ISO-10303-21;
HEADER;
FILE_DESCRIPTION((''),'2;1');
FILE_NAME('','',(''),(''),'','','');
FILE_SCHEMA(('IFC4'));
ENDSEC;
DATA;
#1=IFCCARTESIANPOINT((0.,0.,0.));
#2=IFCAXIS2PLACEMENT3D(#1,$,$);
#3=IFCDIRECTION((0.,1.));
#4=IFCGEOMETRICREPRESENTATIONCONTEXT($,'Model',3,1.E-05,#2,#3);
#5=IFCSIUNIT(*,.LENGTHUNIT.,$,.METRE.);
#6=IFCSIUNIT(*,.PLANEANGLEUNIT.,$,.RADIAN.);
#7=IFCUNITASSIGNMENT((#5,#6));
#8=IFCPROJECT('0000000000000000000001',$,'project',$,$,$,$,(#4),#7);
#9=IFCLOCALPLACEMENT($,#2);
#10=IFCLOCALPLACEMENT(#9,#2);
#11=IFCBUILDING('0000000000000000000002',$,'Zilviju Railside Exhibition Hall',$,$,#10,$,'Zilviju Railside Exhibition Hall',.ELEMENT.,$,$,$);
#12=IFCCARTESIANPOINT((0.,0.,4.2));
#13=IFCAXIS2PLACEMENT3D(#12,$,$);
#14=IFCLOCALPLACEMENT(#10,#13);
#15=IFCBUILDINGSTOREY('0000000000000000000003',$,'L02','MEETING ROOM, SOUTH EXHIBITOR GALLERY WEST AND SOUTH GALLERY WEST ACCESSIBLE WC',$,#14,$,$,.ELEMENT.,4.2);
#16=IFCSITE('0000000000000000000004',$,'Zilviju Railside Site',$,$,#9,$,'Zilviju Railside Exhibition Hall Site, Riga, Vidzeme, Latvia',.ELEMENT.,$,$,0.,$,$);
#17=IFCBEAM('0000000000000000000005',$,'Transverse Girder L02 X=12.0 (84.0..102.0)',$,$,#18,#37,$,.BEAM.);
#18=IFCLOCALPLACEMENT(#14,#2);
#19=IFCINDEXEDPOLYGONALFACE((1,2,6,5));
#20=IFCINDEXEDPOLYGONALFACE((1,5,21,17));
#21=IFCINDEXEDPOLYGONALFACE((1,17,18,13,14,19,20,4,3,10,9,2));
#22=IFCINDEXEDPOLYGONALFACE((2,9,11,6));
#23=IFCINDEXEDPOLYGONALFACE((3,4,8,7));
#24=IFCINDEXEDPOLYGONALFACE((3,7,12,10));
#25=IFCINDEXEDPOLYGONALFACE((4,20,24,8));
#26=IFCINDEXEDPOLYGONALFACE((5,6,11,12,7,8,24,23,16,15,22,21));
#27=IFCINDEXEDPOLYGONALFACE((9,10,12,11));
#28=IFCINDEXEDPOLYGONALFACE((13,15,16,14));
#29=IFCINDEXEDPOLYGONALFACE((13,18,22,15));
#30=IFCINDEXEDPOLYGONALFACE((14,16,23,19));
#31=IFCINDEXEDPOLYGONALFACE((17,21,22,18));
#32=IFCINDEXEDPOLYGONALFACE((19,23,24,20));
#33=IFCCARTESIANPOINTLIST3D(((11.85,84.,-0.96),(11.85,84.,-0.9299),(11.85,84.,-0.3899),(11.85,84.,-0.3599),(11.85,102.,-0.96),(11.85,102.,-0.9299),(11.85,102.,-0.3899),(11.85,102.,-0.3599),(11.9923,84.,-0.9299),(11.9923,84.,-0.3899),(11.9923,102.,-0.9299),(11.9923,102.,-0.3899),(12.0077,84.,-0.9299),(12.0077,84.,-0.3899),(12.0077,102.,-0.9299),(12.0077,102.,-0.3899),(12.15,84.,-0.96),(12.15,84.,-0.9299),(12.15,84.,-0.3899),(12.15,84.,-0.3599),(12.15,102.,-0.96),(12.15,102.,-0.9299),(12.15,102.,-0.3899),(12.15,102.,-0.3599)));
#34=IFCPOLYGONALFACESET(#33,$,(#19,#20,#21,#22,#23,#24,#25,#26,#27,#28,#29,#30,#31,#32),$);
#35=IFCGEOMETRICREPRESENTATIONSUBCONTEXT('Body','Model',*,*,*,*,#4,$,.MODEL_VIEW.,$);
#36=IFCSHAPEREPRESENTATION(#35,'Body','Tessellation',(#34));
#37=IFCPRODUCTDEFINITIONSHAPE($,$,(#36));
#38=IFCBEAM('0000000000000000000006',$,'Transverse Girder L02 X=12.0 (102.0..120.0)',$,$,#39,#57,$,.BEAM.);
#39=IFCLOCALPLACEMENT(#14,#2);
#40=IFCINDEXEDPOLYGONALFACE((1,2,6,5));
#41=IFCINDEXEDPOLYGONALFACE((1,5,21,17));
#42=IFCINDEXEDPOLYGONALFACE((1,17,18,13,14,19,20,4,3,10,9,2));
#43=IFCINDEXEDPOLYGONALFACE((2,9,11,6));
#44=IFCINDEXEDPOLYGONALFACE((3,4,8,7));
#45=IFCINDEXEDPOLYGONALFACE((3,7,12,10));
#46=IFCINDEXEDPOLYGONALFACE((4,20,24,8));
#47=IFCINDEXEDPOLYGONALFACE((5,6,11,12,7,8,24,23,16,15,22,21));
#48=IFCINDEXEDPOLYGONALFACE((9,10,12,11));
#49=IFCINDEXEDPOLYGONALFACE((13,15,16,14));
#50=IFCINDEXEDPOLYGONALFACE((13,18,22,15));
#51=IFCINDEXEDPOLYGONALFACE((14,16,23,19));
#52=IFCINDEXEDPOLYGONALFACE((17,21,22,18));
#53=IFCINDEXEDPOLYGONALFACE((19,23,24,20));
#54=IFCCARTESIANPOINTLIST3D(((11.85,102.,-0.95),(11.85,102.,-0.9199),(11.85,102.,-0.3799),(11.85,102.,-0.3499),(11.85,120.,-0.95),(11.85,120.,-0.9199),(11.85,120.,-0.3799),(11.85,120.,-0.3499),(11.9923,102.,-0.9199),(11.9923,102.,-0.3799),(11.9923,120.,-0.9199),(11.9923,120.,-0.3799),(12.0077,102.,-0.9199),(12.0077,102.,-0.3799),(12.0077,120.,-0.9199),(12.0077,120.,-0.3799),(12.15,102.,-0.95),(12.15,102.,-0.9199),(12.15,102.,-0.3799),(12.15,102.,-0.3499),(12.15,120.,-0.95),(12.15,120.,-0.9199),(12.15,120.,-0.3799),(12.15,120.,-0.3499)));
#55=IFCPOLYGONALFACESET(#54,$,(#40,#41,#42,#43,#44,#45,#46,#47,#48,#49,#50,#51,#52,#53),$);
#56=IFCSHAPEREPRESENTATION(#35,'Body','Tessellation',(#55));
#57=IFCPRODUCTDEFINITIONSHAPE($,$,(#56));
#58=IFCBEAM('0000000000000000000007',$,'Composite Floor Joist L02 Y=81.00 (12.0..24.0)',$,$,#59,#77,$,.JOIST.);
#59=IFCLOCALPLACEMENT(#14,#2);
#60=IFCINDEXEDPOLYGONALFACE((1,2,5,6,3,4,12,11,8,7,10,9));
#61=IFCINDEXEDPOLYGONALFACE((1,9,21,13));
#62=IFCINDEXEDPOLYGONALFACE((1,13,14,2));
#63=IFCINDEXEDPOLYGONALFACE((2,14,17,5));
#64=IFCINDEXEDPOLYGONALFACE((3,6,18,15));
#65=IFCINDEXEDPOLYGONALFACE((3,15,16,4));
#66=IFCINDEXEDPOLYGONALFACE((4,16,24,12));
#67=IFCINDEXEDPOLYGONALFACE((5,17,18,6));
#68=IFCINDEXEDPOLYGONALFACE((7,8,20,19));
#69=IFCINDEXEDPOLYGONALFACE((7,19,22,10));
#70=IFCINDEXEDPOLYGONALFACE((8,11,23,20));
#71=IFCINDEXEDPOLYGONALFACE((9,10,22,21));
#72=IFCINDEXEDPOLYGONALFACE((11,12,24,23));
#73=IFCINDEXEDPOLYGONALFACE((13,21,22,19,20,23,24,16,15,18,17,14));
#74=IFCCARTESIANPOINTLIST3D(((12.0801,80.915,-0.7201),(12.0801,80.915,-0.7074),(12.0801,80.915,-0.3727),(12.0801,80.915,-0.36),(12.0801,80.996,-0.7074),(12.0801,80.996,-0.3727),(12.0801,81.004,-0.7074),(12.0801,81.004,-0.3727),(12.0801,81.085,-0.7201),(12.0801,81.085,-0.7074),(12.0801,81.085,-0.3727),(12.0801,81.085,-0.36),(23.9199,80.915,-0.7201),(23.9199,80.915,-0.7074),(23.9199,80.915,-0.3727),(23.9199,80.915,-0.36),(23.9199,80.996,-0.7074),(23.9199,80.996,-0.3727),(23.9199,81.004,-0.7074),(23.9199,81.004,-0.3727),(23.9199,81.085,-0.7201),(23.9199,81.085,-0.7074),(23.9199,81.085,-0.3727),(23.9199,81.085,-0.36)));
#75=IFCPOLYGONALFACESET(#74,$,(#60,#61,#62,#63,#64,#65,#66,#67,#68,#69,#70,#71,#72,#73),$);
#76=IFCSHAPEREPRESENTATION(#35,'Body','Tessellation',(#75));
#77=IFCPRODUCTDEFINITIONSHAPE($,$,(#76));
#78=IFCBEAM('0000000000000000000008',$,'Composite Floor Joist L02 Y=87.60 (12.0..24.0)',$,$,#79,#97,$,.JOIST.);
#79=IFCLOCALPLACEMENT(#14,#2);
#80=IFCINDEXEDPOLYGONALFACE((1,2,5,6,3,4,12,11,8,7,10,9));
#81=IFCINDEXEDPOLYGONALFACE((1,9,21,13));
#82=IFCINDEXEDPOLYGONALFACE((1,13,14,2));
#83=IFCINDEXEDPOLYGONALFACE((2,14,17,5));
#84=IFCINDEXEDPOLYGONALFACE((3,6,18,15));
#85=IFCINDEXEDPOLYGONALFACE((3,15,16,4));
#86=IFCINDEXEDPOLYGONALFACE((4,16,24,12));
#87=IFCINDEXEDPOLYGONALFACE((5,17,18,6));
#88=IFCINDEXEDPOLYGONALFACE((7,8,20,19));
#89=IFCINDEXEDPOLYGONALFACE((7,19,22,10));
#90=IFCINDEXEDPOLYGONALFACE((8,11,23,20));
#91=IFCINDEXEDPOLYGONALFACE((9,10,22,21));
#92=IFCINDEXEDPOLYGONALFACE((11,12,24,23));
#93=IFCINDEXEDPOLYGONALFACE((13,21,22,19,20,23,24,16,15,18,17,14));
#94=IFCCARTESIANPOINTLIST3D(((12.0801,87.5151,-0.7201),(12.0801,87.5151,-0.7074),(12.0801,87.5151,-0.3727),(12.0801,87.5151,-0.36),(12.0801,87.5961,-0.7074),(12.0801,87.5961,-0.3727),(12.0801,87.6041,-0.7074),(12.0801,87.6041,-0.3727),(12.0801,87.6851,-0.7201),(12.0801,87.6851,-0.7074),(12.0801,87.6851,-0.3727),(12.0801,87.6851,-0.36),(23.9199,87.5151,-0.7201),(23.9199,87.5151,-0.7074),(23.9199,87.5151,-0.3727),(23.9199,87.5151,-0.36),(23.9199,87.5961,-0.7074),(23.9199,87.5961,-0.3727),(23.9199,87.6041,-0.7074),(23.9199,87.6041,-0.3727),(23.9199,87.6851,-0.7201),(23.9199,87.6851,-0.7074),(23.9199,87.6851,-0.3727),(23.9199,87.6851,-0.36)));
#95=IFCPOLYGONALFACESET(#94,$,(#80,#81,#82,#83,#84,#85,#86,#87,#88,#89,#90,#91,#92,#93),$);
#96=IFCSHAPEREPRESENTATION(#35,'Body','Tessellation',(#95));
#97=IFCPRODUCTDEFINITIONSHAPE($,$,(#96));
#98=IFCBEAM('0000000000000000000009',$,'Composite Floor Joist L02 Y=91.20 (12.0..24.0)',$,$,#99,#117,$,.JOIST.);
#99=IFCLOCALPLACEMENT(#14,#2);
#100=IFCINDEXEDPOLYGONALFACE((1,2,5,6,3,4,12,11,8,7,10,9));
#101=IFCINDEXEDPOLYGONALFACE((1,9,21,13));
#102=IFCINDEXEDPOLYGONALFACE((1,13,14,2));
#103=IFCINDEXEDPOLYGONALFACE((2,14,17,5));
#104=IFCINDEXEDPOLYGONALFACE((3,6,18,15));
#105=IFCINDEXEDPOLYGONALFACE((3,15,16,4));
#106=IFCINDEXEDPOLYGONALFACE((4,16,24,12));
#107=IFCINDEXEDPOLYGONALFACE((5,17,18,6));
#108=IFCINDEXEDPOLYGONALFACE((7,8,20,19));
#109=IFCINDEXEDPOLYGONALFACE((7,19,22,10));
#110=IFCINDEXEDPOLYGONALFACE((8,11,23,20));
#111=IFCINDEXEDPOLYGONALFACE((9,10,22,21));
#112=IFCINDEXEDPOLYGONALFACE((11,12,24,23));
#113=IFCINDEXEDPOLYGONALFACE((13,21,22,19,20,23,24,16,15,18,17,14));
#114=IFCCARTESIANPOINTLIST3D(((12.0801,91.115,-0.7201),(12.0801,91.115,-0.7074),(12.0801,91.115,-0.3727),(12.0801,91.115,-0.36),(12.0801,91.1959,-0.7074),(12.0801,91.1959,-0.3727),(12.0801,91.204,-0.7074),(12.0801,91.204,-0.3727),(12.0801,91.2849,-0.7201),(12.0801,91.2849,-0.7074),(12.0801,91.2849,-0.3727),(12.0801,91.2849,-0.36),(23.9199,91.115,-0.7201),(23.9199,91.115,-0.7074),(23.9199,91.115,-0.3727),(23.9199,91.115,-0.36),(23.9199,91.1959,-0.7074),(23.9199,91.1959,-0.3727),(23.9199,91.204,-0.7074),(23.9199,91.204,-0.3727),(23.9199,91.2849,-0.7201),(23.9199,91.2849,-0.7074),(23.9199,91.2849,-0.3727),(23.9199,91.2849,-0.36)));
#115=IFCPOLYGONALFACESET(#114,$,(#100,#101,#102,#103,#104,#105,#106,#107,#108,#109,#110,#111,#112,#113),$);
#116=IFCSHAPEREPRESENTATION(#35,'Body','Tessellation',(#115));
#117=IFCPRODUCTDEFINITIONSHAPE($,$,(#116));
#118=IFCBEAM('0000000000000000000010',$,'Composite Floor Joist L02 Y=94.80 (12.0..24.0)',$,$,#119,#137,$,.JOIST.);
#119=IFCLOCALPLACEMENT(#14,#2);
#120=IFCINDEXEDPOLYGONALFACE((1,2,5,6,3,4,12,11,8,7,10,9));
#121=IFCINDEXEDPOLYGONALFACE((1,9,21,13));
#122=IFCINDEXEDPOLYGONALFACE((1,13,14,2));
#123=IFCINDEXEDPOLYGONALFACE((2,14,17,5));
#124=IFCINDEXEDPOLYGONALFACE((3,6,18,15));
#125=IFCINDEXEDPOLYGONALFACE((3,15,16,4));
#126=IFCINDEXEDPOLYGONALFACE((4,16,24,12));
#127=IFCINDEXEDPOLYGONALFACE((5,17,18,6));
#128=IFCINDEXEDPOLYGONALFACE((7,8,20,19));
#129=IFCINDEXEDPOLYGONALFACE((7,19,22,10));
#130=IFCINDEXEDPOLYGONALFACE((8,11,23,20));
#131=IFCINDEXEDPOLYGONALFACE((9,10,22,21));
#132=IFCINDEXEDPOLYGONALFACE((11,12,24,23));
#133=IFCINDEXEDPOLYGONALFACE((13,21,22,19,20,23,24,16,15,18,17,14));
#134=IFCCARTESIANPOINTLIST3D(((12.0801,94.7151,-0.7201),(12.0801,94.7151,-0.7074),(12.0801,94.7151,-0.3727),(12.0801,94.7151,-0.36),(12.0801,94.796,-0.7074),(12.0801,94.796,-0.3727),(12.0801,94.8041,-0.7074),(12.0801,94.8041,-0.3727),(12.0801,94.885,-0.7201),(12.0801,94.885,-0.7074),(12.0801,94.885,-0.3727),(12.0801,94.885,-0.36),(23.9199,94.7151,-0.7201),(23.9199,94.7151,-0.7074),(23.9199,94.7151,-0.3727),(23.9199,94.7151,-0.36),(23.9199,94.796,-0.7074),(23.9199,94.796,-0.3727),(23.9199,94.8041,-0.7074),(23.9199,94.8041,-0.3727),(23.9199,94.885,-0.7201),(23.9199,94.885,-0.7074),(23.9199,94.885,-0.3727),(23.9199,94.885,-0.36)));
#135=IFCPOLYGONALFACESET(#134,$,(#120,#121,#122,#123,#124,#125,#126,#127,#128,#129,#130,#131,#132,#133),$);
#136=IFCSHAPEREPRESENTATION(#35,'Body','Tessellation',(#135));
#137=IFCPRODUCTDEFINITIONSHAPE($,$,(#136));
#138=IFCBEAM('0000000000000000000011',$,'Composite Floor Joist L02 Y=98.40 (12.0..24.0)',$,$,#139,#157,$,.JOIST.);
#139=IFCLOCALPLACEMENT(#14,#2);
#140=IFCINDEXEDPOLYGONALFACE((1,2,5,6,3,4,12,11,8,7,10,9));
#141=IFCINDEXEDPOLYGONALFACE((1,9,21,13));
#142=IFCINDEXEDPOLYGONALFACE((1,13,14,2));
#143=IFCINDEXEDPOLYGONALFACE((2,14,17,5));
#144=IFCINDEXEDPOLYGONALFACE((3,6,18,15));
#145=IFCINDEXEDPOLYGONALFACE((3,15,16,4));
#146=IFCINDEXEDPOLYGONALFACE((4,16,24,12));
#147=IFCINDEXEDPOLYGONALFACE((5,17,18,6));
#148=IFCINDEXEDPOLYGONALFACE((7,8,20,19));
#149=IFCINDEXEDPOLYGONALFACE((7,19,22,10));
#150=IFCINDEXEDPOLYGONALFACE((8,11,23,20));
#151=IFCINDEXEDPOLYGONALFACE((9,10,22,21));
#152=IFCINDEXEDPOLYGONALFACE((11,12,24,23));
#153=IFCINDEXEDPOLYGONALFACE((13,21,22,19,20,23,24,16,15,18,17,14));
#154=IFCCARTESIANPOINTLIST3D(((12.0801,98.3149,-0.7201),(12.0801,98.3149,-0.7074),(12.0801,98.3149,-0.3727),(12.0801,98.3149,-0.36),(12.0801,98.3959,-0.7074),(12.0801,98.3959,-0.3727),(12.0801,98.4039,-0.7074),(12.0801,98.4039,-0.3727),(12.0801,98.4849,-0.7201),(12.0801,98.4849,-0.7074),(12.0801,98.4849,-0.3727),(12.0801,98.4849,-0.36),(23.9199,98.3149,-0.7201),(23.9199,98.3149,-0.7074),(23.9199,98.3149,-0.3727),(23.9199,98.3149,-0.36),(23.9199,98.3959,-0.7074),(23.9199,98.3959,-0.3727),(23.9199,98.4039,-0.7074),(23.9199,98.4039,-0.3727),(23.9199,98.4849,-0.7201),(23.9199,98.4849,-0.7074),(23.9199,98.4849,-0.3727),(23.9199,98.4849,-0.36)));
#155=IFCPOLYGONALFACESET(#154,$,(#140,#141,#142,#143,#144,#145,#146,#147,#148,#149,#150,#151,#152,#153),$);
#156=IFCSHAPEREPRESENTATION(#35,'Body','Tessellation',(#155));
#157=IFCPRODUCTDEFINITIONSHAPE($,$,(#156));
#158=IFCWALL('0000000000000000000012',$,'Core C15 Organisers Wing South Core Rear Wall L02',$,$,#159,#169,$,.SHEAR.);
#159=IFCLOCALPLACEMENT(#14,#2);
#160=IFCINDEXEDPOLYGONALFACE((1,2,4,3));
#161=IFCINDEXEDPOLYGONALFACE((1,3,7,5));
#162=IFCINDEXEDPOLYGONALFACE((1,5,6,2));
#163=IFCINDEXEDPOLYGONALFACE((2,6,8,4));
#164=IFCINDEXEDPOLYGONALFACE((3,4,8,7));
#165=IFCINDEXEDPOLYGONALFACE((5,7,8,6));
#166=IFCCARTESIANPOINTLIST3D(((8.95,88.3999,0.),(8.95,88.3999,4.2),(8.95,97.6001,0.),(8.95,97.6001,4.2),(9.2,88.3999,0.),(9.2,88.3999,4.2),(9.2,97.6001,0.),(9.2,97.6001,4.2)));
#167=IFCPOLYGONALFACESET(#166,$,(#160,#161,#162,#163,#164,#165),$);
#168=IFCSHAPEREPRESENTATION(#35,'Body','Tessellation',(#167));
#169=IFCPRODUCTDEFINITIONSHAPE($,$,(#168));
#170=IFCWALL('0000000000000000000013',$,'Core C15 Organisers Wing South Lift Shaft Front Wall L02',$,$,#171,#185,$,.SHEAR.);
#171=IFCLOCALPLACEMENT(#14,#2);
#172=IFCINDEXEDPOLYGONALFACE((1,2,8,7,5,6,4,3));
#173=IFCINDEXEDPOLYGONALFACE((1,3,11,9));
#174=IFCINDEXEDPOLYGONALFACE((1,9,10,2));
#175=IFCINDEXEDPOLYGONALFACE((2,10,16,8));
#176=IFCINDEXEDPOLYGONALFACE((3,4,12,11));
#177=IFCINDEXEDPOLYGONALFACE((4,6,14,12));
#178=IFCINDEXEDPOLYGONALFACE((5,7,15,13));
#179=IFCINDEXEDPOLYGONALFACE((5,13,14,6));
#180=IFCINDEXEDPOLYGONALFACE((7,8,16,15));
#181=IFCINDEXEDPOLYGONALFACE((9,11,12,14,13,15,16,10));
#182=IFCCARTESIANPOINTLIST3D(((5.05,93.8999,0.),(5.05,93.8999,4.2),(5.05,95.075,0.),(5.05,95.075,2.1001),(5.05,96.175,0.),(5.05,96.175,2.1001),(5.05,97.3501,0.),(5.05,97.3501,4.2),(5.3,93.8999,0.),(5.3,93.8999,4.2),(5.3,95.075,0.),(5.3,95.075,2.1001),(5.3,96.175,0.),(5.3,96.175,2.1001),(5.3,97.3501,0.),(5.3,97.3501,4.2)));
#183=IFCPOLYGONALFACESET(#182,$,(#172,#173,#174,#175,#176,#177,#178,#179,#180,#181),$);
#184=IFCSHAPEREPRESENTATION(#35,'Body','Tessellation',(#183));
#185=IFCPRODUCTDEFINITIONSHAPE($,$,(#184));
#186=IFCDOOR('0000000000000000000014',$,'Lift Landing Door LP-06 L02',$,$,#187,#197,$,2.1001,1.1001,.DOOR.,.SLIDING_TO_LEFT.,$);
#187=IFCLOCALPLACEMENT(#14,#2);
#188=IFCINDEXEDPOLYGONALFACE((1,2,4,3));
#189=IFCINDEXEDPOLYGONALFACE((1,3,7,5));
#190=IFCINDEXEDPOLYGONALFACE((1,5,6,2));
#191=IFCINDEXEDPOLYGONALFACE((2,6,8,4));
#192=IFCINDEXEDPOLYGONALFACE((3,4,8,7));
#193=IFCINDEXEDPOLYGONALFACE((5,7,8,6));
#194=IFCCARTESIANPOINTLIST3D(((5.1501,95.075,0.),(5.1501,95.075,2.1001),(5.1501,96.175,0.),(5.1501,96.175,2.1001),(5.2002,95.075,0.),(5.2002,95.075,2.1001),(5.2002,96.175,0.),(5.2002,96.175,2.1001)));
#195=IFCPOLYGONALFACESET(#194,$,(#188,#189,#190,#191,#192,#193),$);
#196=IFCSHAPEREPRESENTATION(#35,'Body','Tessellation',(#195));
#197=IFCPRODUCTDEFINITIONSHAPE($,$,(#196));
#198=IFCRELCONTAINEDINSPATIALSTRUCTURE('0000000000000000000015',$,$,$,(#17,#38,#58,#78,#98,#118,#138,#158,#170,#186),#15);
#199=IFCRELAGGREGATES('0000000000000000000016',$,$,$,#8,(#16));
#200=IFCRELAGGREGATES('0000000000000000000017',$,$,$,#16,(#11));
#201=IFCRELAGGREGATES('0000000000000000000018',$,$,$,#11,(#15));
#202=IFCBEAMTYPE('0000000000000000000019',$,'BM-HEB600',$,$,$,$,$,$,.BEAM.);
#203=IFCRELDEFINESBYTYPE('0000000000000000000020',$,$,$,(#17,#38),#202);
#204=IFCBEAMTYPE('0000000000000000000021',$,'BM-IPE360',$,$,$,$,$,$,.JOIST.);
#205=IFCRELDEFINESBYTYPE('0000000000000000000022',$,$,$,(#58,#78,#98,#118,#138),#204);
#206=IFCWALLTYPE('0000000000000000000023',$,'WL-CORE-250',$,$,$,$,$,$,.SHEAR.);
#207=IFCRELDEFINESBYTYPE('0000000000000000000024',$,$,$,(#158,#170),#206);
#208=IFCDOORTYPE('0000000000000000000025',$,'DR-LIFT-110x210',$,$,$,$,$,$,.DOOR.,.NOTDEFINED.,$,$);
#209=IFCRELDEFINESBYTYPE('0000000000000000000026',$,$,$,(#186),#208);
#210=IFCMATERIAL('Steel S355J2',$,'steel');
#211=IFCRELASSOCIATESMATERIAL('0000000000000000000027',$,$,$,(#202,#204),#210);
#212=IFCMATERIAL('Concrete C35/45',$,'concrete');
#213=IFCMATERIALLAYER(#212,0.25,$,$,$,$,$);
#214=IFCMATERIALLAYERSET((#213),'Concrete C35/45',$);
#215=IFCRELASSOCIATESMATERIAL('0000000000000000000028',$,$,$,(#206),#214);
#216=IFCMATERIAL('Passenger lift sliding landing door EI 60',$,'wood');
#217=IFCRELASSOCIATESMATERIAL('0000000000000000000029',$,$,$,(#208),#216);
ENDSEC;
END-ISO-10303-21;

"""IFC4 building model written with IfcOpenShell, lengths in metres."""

from ifc_helpers import new_model, si_unit, direction, frame, frame_2d, origin, origin_2d, place, context, subcontext, project, spatial, rectangle, i_section, extrude, material, layer, layer_set, material_profile, profile_set, type_object, element, fill, save


model = new_model("IFC4")

# Units and contexts
model_context = context("Model", 3, precision=1e-05, world=origin(), true_north=direction((0.0, 1.0)))
body_context = subcontext(model_context, "Body", "Model", "MODEL_VIEW")
ifc_project = project(units=[si_unit("LENGTHUNIT", "METRE"), si_unit("PLANEANGLEUNIT", "RADIAN")], contexts=[model_context])

# Site, building, storey
site_placement = place(None, origin())
site = spatial("IfcSite", under=ifc_project, at=site_placement, Name="Zilviju Railside Site", LongName="Zilviju Railside Exhibition Hall Site, Riga, Vidzeme, Latvia", CompositionType="ELEMENT", RefElevation=0.0)
building_placement = place(site_placement, origin())
building = spatial("IfcBuilding", under=site, at=building_placement, Name="Zilviju Railside Exhibition Hall", LongName="Zilviju Railside Exhibition Hall", CompositionType="ELEMENT")
storey_placement = place(building_placement, frame((0.0, 0.0, 4.2)))
storey = spatial("IfcBuildingStorey", under=building, at=storey_placement, Name="L02", Description="MEETING ROOM, SOUTH EXHIBITOR GALLERY WEST AND SOUTH GALLERY WEST ACCESSIBLE WC", CompositionType="ELEMENT", Elevation=4.2)

# Shared definitions
ifc_material_1 = material(Name="Concrete C35/45", Category="concrete")
ifc_material_2 = material(Name="Steel S355J2", Category="steel")

# Beams
ifc_material_profile_1 = material_profile(ifc_material_2, i_section(OverallWidth=0.3, OverallDepth=0.6001, WebThickness=0.0154, FlangeThickness=0.03, at=origin_2d()), Name="HEB 600")
ifc_profile_set_1 = profile_set([ifc_material_profile_1], Name="Steel S355J2")
beam_type_1 = type_object("IfcBeamType", Name="BM-HEB600", PredefinedType="BEAM", material=ifc_profile_set_1)
for number, where, z_axis, x_axis, name in (
    (1, (12.0, 84.0, -0.6599), (0.0, 1.0, 0.0), (-1.0, 0.0, 0.0), "Transverse Girder L02 X=12.0 (84.0..102.0)"),
    (2, (12.0, 102.0, -0.6499), (0.0, 1.0, 0.0), (-1.0, 0.0, 0.0), "Transverse Girder L02 X=12.0 (102.0..120.0)"),
):
    element("IfcBeam", number, at=place(storey_placement, frame(where, z_axis=z_axis, x_axis=x_axis)), inside=storey, type_object=beam_type_1, Name=name, PredefinedType="BEAM", context=body_context, shape_type="SweptSolid", body=[
        extrude(i_section(OverallWidth=0.3, OverallDepth=0.6001, WebThickness=0.0154, FlangeThickness=0.03, at=origin_2d()), origin(), (0.0, 0.0, 1.0), 18.0),
    ])
ifc_material_profile_2 = material_profile(ifc_material_2, i_section(OverallWidth=0.1699, OverallDepth=0.3601, WebThickness=0.0081, FlangeThickness=0.0127, at=origin_2d()), Name="IPE 360")
ifc_profile_set_2 = profile_set([ifc_material_profile_2], Name="Steel S355J2")
beam_type_2 = type_object("IfcBeamType", Name="BM-IPE360", PredefinedType="JOIST", material=ifc_profile_set_2)
for number, where, z_axis, x_axis, name in (
    (3, (12.0801, 81.0, -0.54), (1.0, 0.0, 0.0), (0.0, 1.0, 0.0), "Composite Floor Joist L02 Y=81.00 (12.0..24.0)"),
    (4, (12.0801, 87.6001, -0.54), (1.0, 0.0, 0.0), (0.0, 1.0, 0.0), "Composite Floor Joist L02 Y=87.60 (12.0..24.0)"),
    (5, (12.0801, 91.2, -0.54), (1.0, 0.0, 0.0), (0.0, 1.0, 0.0), "Composite Floor Joist L02 Y=91.20 (12.0..24.0)"),
    (6, (12.0801, 94.8, -0.54), (1.0, 0.0, 0.0), (0.0, 1.0, 0.0), "Composite Floor Joist L02 Y=94.80 (12.0..24.0)"),
    (7, (12.0801, 98.3999, -0.54), (1.0, 0.0, 0.0), (0.0, 1.0, 0.0), "Composite Floor Joist L02 Y=98.40 (12.0..24.0)"),
):
    element("IfcBeam", number, at=place(storey_placement, frame(where, z_axis=z_axis, x_axis=x_axis)), inside=storey, type_object=beam_type_2, Name=name, PredefinedType="JOIST", context=body_context, shape_type="SweptSolid", body=[
        extrude(i_section(OverallWidth=0.1699, OverallDepth=0.3601, WebThickness=0.0081, FlangeThickness=0.0127, at=origin_2d()), origin(), (0.0, 0.0, 1.0), 11.8398),
    ])

# Wall
ifc_layer_1 = layer(ifc_material_1, 0.25)
ifc_layer_set_1 = layer_set([ifc_layer_1], Name="Concrete C35/45")
wall_type_1 = type_object("IfcWallType", Name="WL-CORE-250", PredefinedType="SHEAR", material=ifc_layer_set_1)
wall_1_placement = place(storey_placement, frame((9.075, 88.3999, 0.0), z_axis=(0.0, 0.0, 1.0), x_axis=(0.0, 1.0, 0.0)))
element("IfcWall", 8, at=wall_1_placement, inside=storey, type_object=wall_type_1, Name="Core C15 Organisers Wing South Core Rear Wall L02", PredefinedType="SHEAR", context=body_context, shape_type="SweptSolid", body=[
    extrude(rectangle(XDim=9.2002, YDim=0.25, at=frame_2d((4.6001, 0.0))), origin(), (0.0, 0.0, 1.0), 4.2),
])

# Wall, opening, door
wall_2_placement = place(storey_placement, frame((5.175, 93.8999, 0.0), z_axis=(0.0, 0.0, 1.0), x_axis=(0.0, 1.0, 0.0)))
wall_2 = element("IfcWall", 9, at=wall_2_placement, inside=storey, type_object=wall_type_1, Name="Core C15 Organisers Wing South Lift Shaft Front Wall L02", PredefinedType="SHEAR", context=body_context, shape_type="SweptSolid", body=[
    extrude(rectangle(XDim=3.4502, YDim=0.25, at=frame_2d((1.7251, 0.0))), origin(), (0.0, 0.0, 1.0), 4.2),
])
opening_placement = place(wall_2_placement, frame((1.175, 0.0, 0.0)))
opening = element("IfcOpeningElement", 10, at=opening_placement, cuts=wall_2, PredefinedType="OPENING", context=body_context, shape_type="SweptSolid", body=[
    extrude(rectangle(XDim=1.1001, YDim=2.1001, at=frame_2d((0.55, 1.05))), frame((0.0, 0.135, 0.0), z_axis=(0.0, -1.0, 0.0), x_axis=(1.0, 0.0, 0.0)), (0.0, 0.0, 1.0), 0.27),
])
ifc_material_3 = material(Name="Passenger lift sliding landing door EI 60", Category="wood")
door_type = type_object("IfcDoorType", Name="DR-LIFT-110x210", OperationType="NOTDEFINED", PredefinedType="DOOR", material=ifc_material_3)
door_placement = place(opening_placement, origin())
door = element("IfcDoor", 11, at=door_placement, inside=storey, type_object=door_type, Name="Lift Landing Door LP-06 L02", OperationType="SLIDING_TO_LEFT", OverallHeight=2.1001, OverallWidth=1.1001, PredefinedType="DOOR", context=body_context, shape_type="SweptSolid", body=[
    extrude(rectangle(XDim=1.1001, YDim=2.1001, at=frame_2d((0.55, 1.05))), frame((0.0, 0.0249, 0.0), z_axis=(0.0, -1.0, 0.0), x_axis=(1.0, 0.0, 0.0)), (0.0, 0.0, 1.0), 0.05),
])
fill(opening, door)

save(model, "model.ifc")
